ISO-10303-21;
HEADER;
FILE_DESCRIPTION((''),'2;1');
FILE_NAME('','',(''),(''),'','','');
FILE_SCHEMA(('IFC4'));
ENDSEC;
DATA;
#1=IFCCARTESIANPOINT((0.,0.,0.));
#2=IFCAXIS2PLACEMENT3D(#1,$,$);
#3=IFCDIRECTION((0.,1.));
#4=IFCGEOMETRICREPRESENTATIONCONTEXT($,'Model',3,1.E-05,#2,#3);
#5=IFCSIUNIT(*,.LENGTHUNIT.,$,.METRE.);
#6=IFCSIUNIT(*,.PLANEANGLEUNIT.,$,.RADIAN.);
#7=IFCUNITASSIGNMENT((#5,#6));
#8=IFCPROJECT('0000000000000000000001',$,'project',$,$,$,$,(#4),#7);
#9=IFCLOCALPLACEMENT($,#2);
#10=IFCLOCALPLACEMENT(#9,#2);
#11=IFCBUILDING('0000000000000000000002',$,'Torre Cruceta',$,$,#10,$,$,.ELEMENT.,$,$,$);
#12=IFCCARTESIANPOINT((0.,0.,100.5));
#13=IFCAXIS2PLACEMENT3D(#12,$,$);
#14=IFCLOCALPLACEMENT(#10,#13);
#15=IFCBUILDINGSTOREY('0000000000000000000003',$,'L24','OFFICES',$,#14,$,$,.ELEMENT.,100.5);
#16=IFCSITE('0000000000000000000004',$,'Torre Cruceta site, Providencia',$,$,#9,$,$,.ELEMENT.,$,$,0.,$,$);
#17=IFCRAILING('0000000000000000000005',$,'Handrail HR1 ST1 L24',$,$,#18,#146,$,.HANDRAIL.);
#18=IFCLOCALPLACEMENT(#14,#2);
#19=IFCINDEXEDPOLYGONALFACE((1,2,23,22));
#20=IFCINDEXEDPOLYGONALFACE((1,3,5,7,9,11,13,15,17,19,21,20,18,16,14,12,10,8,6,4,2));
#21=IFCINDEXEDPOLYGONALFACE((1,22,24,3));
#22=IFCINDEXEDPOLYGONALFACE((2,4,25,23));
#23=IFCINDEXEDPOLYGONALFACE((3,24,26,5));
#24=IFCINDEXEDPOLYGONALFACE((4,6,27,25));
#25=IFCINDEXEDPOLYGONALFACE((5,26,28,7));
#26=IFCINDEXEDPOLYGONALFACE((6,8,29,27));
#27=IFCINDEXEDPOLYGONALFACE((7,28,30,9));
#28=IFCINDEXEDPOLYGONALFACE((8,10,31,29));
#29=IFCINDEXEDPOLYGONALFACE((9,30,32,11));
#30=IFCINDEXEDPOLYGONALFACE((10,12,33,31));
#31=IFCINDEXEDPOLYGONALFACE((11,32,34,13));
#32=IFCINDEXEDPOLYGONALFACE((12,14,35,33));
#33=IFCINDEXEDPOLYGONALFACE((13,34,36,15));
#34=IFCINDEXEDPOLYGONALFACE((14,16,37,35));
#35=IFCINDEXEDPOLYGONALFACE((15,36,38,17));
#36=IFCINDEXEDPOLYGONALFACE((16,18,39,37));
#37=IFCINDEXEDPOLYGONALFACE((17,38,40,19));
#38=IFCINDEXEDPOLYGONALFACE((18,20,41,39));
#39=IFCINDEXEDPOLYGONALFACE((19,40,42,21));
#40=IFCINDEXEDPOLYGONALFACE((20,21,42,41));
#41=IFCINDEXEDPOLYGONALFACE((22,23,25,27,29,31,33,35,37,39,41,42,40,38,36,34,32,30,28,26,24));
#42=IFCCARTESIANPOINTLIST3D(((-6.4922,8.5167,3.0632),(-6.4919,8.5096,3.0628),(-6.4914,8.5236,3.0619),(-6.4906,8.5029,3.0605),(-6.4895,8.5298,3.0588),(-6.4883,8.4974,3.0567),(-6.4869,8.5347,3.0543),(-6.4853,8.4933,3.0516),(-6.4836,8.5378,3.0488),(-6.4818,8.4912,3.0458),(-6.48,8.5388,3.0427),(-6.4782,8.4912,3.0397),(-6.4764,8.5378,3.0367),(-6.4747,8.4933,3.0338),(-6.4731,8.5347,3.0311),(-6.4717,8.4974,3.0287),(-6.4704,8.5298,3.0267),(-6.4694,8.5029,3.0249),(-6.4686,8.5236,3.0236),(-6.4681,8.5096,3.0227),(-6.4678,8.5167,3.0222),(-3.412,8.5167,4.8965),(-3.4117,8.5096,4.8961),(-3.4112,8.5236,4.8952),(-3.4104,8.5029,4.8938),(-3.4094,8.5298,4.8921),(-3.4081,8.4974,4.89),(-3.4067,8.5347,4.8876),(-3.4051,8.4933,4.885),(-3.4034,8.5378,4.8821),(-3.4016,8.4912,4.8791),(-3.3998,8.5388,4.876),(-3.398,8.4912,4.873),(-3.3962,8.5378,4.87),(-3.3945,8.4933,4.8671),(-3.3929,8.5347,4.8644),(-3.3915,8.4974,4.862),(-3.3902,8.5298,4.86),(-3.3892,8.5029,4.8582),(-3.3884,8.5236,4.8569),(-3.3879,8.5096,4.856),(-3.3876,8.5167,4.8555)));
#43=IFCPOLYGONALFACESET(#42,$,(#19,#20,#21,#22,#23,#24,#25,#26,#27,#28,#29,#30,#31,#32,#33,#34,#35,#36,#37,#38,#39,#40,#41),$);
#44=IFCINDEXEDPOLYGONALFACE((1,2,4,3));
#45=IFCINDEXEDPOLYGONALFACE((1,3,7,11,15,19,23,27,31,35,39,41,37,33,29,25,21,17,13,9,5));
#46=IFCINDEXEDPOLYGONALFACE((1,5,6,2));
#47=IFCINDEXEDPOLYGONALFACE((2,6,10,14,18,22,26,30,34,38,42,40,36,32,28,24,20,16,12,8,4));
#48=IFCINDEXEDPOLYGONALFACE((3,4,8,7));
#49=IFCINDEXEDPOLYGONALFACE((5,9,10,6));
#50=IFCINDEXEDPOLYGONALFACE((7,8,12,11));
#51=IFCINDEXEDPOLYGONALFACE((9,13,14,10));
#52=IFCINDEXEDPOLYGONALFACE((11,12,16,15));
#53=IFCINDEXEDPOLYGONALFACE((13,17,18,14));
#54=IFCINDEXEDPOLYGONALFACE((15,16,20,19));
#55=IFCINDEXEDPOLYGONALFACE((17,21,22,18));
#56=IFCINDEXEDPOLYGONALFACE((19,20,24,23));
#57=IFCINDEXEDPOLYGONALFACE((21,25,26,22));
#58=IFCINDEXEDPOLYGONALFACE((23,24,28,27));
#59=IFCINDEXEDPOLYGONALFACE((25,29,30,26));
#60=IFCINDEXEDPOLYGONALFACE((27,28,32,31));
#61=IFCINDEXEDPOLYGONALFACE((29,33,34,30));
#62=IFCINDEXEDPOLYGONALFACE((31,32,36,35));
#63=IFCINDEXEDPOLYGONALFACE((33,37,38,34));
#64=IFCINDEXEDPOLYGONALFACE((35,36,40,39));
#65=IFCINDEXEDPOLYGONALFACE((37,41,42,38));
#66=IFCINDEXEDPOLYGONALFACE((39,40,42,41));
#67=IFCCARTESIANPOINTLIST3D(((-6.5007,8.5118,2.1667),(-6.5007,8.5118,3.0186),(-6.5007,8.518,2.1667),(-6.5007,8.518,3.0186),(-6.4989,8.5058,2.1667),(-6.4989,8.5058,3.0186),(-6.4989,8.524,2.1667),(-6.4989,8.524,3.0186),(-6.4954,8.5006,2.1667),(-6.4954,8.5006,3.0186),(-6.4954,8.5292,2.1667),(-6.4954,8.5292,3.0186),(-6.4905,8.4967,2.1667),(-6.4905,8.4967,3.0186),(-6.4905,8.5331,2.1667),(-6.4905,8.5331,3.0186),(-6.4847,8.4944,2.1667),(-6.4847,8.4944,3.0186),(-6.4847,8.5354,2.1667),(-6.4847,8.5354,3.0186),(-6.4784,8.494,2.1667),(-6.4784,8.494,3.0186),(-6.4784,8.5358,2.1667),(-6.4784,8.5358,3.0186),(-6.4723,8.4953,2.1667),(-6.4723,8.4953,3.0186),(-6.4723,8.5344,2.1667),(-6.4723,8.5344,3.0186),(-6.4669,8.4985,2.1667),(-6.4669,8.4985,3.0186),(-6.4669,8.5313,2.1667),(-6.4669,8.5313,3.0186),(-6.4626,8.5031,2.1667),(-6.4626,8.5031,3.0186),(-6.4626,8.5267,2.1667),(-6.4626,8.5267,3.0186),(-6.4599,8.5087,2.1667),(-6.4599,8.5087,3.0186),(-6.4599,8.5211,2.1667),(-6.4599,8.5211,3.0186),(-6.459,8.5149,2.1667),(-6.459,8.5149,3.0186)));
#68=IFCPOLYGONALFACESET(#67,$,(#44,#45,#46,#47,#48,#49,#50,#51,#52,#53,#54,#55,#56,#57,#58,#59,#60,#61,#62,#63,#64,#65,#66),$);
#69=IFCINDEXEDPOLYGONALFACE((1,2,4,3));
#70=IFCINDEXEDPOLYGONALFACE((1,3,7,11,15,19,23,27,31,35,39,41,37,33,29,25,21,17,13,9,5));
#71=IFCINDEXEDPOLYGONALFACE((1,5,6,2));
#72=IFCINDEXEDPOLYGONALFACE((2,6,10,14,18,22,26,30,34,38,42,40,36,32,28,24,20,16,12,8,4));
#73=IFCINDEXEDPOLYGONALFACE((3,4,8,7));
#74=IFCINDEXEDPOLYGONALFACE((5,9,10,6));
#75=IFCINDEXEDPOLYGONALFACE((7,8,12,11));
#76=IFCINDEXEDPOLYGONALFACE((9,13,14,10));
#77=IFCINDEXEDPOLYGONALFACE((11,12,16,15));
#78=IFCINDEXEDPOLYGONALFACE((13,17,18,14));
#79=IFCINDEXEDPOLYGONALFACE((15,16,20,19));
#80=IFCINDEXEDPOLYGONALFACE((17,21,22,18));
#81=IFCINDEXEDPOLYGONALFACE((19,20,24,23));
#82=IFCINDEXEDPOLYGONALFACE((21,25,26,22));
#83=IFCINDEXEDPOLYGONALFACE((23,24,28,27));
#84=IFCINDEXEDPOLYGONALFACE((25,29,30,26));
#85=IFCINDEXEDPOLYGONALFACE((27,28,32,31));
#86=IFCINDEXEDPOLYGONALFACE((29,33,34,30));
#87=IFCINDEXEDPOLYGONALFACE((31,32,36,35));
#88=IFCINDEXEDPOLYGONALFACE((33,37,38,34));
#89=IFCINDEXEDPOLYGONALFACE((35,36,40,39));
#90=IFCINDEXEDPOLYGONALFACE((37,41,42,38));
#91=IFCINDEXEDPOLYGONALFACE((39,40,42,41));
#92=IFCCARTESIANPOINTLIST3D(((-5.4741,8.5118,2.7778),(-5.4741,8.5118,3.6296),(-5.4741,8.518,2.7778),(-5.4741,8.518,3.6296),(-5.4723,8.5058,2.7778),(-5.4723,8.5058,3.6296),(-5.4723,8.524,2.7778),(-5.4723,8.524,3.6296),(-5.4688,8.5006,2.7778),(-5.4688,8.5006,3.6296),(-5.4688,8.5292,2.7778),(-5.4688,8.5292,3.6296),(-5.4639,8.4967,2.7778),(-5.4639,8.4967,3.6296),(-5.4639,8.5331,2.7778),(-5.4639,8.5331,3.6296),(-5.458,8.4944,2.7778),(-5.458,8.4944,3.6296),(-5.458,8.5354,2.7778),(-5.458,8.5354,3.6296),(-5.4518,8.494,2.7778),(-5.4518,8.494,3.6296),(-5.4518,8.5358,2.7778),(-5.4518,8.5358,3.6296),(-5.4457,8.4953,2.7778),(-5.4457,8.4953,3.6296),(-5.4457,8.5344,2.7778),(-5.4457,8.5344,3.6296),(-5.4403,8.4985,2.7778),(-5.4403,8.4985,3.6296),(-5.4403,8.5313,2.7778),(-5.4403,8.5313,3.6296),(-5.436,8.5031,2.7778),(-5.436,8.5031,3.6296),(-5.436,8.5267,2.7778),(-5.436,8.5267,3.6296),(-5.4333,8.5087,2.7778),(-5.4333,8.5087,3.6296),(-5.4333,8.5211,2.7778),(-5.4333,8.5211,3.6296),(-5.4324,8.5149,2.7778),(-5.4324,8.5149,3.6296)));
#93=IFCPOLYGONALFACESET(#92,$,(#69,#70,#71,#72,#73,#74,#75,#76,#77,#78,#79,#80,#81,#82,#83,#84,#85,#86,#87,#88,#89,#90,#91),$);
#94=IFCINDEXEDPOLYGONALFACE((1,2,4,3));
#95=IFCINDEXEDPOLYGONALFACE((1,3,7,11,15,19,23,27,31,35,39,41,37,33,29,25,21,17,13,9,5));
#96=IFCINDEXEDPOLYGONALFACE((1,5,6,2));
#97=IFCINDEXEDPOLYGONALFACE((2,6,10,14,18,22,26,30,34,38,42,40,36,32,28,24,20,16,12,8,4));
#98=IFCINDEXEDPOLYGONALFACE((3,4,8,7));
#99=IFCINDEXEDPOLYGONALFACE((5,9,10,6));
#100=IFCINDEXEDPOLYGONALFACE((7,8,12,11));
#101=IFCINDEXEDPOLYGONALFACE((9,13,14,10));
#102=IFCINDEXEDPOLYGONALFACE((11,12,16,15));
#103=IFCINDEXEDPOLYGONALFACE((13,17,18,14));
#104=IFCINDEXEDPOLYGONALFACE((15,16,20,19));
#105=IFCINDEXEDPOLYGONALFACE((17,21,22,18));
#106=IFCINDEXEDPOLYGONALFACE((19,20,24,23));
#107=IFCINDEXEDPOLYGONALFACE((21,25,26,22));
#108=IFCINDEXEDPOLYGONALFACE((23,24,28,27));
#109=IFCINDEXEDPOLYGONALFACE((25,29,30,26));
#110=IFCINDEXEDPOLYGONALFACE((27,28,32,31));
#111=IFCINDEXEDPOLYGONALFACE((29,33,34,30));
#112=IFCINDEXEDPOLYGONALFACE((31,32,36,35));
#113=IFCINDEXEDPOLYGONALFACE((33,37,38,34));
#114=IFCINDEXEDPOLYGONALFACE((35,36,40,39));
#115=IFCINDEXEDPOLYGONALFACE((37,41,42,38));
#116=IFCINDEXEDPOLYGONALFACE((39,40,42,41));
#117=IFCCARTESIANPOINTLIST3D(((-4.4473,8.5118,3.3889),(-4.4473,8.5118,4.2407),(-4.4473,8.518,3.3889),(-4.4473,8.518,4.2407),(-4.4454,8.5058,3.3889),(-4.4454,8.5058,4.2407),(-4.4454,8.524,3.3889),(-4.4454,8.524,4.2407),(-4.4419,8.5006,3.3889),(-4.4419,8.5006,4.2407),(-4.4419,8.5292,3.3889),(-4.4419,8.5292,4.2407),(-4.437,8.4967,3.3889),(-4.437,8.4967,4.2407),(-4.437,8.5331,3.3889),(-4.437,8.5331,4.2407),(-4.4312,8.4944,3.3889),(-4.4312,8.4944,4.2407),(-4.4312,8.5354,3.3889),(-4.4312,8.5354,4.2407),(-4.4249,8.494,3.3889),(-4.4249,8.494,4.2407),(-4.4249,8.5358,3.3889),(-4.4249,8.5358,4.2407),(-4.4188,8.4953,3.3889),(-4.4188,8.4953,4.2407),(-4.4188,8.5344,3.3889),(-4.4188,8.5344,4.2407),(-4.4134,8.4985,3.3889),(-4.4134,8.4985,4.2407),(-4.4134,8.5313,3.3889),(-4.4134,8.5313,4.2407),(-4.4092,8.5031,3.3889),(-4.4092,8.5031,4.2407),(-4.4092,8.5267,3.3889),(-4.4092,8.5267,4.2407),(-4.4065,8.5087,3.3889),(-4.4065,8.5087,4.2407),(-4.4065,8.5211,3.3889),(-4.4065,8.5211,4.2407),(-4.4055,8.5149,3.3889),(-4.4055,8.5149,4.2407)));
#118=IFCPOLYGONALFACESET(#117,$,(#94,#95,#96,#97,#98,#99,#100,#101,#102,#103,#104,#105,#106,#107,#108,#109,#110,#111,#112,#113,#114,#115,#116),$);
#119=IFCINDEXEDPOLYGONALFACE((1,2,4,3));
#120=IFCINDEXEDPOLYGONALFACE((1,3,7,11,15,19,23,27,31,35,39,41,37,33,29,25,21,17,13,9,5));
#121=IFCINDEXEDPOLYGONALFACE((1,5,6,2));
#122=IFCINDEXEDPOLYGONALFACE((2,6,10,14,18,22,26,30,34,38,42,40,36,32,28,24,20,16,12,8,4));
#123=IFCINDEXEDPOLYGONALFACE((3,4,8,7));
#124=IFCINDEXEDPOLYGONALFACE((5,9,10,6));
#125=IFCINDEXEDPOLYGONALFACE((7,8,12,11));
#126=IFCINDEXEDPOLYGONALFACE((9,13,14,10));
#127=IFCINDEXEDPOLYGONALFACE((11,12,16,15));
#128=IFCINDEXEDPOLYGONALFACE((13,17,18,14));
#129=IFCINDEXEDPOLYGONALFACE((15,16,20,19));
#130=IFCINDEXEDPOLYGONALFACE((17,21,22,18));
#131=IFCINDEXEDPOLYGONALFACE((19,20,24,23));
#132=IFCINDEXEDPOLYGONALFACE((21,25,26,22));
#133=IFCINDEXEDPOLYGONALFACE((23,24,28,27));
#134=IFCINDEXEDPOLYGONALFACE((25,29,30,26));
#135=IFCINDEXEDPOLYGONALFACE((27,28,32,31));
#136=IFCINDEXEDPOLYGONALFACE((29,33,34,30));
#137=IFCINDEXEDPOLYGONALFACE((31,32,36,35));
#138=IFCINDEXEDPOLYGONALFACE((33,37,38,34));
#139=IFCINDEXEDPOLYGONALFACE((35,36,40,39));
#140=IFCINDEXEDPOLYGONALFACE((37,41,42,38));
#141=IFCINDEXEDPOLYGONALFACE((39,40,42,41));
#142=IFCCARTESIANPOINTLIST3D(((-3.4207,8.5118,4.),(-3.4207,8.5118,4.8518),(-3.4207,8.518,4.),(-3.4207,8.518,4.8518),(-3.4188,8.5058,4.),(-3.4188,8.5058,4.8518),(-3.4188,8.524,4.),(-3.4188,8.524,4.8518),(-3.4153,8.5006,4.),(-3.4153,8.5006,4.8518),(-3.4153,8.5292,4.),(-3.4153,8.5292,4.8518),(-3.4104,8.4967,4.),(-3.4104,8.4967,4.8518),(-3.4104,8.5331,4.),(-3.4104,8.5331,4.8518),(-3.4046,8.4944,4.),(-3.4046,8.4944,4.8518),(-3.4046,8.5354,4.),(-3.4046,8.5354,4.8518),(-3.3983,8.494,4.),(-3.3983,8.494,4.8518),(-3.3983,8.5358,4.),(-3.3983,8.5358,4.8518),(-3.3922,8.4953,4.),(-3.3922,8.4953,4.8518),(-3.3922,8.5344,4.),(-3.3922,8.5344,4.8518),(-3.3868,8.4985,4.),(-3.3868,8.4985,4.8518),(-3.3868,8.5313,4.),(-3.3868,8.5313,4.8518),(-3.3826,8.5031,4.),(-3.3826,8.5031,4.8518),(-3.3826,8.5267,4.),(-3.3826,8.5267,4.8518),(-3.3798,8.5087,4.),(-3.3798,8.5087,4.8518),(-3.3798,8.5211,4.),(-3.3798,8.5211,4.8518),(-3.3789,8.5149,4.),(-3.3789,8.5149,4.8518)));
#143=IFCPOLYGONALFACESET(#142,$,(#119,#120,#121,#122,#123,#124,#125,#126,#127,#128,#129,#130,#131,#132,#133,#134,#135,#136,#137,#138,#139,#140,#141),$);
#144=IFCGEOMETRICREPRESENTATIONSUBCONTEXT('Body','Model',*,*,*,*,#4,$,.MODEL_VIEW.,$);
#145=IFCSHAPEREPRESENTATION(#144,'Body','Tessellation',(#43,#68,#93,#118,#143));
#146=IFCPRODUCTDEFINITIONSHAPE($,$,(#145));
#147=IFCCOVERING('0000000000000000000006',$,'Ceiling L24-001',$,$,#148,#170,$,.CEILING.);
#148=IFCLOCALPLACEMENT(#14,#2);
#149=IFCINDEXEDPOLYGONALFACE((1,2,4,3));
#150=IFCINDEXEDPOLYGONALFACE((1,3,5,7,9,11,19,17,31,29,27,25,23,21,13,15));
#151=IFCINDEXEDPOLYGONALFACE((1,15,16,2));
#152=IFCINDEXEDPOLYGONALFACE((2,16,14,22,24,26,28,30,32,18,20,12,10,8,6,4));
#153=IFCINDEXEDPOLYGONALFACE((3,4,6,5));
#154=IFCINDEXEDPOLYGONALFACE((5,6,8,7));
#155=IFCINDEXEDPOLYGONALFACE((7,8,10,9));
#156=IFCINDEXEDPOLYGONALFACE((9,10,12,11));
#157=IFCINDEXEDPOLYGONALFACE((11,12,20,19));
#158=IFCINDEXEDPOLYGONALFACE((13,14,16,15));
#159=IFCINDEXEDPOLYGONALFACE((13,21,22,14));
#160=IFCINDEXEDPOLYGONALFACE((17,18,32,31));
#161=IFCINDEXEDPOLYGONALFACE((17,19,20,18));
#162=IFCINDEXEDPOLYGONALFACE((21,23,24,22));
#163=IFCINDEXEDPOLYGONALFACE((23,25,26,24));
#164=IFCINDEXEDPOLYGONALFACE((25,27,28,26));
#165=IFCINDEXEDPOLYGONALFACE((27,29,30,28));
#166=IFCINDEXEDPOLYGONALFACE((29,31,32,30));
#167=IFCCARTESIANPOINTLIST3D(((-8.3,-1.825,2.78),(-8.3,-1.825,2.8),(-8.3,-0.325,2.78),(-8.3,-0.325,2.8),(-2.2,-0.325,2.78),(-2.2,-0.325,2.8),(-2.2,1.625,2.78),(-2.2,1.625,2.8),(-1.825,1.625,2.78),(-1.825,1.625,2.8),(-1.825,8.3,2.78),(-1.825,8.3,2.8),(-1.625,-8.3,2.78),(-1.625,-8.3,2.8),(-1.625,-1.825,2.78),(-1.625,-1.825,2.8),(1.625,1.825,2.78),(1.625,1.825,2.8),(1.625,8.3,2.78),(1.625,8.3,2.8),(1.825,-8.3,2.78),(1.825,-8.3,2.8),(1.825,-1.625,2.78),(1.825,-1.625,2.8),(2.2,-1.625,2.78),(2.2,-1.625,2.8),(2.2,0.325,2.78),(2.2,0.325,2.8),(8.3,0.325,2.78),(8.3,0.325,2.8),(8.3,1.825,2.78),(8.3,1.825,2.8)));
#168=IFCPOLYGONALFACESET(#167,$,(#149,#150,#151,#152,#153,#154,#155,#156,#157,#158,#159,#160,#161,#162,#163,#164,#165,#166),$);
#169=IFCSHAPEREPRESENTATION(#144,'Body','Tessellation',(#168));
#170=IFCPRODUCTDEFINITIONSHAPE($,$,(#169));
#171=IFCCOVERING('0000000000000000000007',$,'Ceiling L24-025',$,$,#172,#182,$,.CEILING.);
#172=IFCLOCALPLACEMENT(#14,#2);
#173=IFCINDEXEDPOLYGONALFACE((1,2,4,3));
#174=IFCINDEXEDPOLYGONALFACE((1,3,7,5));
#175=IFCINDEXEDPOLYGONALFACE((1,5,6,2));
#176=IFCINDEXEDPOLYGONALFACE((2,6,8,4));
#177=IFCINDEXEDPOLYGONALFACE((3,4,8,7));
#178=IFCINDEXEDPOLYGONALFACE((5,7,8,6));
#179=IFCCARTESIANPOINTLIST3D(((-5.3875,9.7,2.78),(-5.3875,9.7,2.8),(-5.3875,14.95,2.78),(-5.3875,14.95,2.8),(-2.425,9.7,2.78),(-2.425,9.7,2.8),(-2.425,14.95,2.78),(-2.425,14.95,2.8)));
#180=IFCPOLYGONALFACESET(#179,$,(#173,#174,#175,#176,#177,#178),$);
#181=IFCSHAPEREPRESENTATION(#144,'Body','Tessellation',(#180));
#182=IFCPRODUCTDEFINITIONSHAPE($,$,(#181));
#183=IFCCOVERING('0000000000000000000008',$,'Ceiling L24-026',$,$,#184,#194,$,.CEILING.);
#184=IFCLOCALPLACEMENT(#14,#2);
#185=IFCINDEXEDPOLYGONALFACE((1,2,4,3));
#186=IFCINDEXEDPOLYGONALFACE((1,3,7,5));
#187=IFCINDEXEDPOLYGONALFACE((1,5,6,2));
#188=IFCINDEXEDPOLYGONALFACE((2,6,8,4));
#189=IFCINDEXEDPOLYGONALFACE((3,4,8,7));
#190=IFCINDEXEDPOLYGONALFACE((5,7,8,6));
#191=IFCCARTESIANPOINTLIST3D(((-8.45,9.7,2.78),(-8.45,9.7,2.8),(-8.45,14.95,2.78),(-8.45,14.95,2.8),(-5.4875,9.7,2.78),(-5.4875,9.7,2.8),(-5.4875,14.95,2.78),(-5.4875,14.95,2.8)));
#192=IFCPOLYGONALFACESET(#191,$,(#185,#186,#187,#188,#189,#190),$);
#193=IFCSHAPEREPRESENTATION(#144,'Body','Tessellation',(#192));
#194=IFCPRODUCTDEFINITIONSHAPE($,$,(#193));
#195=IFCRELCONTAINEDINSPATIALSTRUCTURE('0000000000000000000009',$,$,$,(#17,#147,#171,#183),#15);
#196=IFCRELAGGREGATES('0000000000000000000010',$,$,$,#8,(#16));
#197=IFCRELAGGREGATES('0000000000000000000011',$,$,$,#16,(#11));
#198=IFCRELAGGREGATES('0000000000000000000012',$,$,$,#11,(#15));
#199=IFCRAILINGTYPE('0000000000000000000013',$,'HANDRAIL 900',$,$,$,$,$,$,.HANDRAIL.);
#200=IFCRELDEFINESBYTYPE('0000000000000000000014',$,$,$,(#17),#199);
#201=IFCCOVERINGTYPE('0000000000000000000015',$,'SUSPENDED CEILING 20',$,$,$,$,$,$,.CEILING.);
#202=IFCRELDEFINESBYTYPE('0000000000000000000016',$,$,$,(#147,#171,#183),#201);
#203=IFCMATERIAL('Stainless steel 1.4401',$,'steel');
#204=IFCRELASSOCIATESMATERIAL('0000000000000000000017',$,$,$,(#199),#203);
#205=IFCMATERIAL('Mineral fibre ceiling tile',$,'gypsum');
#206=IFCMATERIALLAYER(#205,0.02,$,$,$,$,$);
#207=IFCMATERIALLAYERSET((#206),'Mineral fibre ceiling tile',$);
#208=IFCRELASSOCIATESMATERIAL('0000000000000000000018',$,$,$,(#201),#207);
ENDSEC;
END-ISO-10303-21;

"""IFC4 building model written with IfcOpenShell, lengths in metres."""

from ifc_helpers import new_model, si_unit, direction, frame, origin, origin_2d, place, context, subcontext, project, spatial, polyline, circle, outline, extrude, material, layer, layer_set, type_object, element, save


model = new_model("IFC4")

# Units and contexts
model_context = context("Model", 3, precision=1e-05, world=origin(), true_north=direction((0.0, 1.0)))
body_context = subcontext(model_context, "Body", "Model", "MODEL_VIEW")
ifc_project = project(units=[si_unit("LENGTHUNIT", "METRE"), si_unit("PLANEANGLEUNIT", "RADIAN")], contexts=[model_context])

# Site, building, storey
site_placement = place(None, origin())
site = spatial("IfcSite", under=ifc_project, at=site_placement, Name="Torre Cruceta site, Providencia", CompositionType="ELEMENT", RefElevation=0.0)
building_placement = place(site_placement, origin())
building = spatial("IfcBuilding", under=site, at=building_placement, Name="Torre Cruceta", CompositionType="ELEMENT")
storey_placement = place(building_placement, frame((0.0, 0.0, 100.5)))
storey = spatial("IfcBuildingStorey", under=building, at=storey_placement, Name="L24", Description="OFFICES", CompositionType="ELEMENT", Elevation=100.5)

# Railing
ifc_material_1 = material(Name="Stainless steel 1.4401", Category="steel")
railing_type = type_object("IfcRailingType", Name="HANDRAIL 900", PredefinedType="HANDRAIL", material=ifc_material_1)
railing_1_placement = place(storey_placement, frame((-6.48, 8.5149, 2.1667)))
element("IfcRailing", 1, at=railing_1_placement, inside=storey, type_object=railing_type, Name="Handrail HR1 ST1 L24", PredefinedType="HANDRAIL", context=body_context, shape_type="SweptSolid", body=[
    extrude(circle(Radius=0.0239, at=origin_2d()), frame((0.0, 0.0, 0.876), z_axis=(0.859309, 0.0, 0.511458), x_axis=(0.0, 1.0, 0.0)), (0.0, 0.0, 1.0), 3.5845),
    extrude(circle(Radius=0.021, at=origin_2d()), origin(), (0.0, 0.0, 1.0), 0.8518),
    extrude(circle(Radius=0.021, at=origin_2d()), frame((1.0266, 0.0, 0.6111)), (0.0, 0.0, 1.0), 0.8518),
    extrude(circle(Radius=0.021, at=origin_2d()), frame((2.0535, 0.0, 1.2222)), (0.0, 0.0, 1.0), 0.8518),
    extrude(circle(Radius=0.021, at=origin_2d()), frame((3.0801, 0.0, 1.8333)), (0.0, 0.0, 1.0), 0.8518),
])

# Coverings
ifc_material_2 = material(Name="Mineral fibre ceiling tile", Category="gypsum")
ifc_layer_1 = layer(ifc_material_2, 0.02)
ifc_layer_set_1 = layer_set([ifc_layer_1], Name="Mineral fibre ceiling tile")
covering_type = type_object("IfcCoveringType", Name="SUSPENDED CEILING 20", PredefinedType="CEILING", material=ifc_layer_set_1)
covering_1_placement = place(storey_placement, frame((0.0, 0.0, 2.78)))
element("IfcCovering", 2, at=covering_1_placement, inside=storey, type_object=covering_type, Name="Ceiling L24-001", PredefinedType="CEILING", context=body_context, shape_type="SweptSolid", body=[
    extrude(outline(polyline([(1.825, -8.3), (-1.625, -8.3), (-1.625, -1.825), (-8.3, -1.825), (-8.3, -0.325), (-2.2, -0.325), (-2.2, 1.625), (-1.825, 1.625), (-1.825, 8.3), (1.625, 8.3), (1.625, 1.825), (8.3, 1.825), (8.3, 0.325), (2.2, 0.325), (2.2, -1.625), (1.825, -1.625), (1.825, -8.3)])), origin(), (0.0, 0.0, 1.0), 0.02),
])
covering_2_placement = place(storey_placement, frame((0.0, 0.0, 2.78)))
element("IfcCovering", 3, at=covering_2_placement, inside=storey, type_object=covering_type, Name="Ceiling L24-025", PredefinedType="CEILING", context=body_context, shape_type="SweptSolid", body=[
    extrude(outline(polyline([(-2.425, 9.7), (-5.3875, 9.7), (-5.3875, 14.95), (-2.425, 14.95), (-2.425, 9.7)])), origin(), (0.0, 0.0, 1.0), 0.02),
])
covering_3_placement = place(storey_placement, frame((0.0, 0.0, 2.78)))
element("IfcCovering", 4, at=covering_3_placement, inside=storey, type_object=covering_type, Name="Ceiling L24-026", PredefinedType="CEILING", context=body_context, shape_type="SweptSolid", body=[
    extrude(outline(polyline([(-5.4875, 9.7), (-8.45, 9.7), (-8.45, 14.95), (-5.4875, 14.95), (-5.4875, 9.7)])), origin(), (0.0, 0.0, 1.0), 0.02),
])

save(model, "model.ifc")
